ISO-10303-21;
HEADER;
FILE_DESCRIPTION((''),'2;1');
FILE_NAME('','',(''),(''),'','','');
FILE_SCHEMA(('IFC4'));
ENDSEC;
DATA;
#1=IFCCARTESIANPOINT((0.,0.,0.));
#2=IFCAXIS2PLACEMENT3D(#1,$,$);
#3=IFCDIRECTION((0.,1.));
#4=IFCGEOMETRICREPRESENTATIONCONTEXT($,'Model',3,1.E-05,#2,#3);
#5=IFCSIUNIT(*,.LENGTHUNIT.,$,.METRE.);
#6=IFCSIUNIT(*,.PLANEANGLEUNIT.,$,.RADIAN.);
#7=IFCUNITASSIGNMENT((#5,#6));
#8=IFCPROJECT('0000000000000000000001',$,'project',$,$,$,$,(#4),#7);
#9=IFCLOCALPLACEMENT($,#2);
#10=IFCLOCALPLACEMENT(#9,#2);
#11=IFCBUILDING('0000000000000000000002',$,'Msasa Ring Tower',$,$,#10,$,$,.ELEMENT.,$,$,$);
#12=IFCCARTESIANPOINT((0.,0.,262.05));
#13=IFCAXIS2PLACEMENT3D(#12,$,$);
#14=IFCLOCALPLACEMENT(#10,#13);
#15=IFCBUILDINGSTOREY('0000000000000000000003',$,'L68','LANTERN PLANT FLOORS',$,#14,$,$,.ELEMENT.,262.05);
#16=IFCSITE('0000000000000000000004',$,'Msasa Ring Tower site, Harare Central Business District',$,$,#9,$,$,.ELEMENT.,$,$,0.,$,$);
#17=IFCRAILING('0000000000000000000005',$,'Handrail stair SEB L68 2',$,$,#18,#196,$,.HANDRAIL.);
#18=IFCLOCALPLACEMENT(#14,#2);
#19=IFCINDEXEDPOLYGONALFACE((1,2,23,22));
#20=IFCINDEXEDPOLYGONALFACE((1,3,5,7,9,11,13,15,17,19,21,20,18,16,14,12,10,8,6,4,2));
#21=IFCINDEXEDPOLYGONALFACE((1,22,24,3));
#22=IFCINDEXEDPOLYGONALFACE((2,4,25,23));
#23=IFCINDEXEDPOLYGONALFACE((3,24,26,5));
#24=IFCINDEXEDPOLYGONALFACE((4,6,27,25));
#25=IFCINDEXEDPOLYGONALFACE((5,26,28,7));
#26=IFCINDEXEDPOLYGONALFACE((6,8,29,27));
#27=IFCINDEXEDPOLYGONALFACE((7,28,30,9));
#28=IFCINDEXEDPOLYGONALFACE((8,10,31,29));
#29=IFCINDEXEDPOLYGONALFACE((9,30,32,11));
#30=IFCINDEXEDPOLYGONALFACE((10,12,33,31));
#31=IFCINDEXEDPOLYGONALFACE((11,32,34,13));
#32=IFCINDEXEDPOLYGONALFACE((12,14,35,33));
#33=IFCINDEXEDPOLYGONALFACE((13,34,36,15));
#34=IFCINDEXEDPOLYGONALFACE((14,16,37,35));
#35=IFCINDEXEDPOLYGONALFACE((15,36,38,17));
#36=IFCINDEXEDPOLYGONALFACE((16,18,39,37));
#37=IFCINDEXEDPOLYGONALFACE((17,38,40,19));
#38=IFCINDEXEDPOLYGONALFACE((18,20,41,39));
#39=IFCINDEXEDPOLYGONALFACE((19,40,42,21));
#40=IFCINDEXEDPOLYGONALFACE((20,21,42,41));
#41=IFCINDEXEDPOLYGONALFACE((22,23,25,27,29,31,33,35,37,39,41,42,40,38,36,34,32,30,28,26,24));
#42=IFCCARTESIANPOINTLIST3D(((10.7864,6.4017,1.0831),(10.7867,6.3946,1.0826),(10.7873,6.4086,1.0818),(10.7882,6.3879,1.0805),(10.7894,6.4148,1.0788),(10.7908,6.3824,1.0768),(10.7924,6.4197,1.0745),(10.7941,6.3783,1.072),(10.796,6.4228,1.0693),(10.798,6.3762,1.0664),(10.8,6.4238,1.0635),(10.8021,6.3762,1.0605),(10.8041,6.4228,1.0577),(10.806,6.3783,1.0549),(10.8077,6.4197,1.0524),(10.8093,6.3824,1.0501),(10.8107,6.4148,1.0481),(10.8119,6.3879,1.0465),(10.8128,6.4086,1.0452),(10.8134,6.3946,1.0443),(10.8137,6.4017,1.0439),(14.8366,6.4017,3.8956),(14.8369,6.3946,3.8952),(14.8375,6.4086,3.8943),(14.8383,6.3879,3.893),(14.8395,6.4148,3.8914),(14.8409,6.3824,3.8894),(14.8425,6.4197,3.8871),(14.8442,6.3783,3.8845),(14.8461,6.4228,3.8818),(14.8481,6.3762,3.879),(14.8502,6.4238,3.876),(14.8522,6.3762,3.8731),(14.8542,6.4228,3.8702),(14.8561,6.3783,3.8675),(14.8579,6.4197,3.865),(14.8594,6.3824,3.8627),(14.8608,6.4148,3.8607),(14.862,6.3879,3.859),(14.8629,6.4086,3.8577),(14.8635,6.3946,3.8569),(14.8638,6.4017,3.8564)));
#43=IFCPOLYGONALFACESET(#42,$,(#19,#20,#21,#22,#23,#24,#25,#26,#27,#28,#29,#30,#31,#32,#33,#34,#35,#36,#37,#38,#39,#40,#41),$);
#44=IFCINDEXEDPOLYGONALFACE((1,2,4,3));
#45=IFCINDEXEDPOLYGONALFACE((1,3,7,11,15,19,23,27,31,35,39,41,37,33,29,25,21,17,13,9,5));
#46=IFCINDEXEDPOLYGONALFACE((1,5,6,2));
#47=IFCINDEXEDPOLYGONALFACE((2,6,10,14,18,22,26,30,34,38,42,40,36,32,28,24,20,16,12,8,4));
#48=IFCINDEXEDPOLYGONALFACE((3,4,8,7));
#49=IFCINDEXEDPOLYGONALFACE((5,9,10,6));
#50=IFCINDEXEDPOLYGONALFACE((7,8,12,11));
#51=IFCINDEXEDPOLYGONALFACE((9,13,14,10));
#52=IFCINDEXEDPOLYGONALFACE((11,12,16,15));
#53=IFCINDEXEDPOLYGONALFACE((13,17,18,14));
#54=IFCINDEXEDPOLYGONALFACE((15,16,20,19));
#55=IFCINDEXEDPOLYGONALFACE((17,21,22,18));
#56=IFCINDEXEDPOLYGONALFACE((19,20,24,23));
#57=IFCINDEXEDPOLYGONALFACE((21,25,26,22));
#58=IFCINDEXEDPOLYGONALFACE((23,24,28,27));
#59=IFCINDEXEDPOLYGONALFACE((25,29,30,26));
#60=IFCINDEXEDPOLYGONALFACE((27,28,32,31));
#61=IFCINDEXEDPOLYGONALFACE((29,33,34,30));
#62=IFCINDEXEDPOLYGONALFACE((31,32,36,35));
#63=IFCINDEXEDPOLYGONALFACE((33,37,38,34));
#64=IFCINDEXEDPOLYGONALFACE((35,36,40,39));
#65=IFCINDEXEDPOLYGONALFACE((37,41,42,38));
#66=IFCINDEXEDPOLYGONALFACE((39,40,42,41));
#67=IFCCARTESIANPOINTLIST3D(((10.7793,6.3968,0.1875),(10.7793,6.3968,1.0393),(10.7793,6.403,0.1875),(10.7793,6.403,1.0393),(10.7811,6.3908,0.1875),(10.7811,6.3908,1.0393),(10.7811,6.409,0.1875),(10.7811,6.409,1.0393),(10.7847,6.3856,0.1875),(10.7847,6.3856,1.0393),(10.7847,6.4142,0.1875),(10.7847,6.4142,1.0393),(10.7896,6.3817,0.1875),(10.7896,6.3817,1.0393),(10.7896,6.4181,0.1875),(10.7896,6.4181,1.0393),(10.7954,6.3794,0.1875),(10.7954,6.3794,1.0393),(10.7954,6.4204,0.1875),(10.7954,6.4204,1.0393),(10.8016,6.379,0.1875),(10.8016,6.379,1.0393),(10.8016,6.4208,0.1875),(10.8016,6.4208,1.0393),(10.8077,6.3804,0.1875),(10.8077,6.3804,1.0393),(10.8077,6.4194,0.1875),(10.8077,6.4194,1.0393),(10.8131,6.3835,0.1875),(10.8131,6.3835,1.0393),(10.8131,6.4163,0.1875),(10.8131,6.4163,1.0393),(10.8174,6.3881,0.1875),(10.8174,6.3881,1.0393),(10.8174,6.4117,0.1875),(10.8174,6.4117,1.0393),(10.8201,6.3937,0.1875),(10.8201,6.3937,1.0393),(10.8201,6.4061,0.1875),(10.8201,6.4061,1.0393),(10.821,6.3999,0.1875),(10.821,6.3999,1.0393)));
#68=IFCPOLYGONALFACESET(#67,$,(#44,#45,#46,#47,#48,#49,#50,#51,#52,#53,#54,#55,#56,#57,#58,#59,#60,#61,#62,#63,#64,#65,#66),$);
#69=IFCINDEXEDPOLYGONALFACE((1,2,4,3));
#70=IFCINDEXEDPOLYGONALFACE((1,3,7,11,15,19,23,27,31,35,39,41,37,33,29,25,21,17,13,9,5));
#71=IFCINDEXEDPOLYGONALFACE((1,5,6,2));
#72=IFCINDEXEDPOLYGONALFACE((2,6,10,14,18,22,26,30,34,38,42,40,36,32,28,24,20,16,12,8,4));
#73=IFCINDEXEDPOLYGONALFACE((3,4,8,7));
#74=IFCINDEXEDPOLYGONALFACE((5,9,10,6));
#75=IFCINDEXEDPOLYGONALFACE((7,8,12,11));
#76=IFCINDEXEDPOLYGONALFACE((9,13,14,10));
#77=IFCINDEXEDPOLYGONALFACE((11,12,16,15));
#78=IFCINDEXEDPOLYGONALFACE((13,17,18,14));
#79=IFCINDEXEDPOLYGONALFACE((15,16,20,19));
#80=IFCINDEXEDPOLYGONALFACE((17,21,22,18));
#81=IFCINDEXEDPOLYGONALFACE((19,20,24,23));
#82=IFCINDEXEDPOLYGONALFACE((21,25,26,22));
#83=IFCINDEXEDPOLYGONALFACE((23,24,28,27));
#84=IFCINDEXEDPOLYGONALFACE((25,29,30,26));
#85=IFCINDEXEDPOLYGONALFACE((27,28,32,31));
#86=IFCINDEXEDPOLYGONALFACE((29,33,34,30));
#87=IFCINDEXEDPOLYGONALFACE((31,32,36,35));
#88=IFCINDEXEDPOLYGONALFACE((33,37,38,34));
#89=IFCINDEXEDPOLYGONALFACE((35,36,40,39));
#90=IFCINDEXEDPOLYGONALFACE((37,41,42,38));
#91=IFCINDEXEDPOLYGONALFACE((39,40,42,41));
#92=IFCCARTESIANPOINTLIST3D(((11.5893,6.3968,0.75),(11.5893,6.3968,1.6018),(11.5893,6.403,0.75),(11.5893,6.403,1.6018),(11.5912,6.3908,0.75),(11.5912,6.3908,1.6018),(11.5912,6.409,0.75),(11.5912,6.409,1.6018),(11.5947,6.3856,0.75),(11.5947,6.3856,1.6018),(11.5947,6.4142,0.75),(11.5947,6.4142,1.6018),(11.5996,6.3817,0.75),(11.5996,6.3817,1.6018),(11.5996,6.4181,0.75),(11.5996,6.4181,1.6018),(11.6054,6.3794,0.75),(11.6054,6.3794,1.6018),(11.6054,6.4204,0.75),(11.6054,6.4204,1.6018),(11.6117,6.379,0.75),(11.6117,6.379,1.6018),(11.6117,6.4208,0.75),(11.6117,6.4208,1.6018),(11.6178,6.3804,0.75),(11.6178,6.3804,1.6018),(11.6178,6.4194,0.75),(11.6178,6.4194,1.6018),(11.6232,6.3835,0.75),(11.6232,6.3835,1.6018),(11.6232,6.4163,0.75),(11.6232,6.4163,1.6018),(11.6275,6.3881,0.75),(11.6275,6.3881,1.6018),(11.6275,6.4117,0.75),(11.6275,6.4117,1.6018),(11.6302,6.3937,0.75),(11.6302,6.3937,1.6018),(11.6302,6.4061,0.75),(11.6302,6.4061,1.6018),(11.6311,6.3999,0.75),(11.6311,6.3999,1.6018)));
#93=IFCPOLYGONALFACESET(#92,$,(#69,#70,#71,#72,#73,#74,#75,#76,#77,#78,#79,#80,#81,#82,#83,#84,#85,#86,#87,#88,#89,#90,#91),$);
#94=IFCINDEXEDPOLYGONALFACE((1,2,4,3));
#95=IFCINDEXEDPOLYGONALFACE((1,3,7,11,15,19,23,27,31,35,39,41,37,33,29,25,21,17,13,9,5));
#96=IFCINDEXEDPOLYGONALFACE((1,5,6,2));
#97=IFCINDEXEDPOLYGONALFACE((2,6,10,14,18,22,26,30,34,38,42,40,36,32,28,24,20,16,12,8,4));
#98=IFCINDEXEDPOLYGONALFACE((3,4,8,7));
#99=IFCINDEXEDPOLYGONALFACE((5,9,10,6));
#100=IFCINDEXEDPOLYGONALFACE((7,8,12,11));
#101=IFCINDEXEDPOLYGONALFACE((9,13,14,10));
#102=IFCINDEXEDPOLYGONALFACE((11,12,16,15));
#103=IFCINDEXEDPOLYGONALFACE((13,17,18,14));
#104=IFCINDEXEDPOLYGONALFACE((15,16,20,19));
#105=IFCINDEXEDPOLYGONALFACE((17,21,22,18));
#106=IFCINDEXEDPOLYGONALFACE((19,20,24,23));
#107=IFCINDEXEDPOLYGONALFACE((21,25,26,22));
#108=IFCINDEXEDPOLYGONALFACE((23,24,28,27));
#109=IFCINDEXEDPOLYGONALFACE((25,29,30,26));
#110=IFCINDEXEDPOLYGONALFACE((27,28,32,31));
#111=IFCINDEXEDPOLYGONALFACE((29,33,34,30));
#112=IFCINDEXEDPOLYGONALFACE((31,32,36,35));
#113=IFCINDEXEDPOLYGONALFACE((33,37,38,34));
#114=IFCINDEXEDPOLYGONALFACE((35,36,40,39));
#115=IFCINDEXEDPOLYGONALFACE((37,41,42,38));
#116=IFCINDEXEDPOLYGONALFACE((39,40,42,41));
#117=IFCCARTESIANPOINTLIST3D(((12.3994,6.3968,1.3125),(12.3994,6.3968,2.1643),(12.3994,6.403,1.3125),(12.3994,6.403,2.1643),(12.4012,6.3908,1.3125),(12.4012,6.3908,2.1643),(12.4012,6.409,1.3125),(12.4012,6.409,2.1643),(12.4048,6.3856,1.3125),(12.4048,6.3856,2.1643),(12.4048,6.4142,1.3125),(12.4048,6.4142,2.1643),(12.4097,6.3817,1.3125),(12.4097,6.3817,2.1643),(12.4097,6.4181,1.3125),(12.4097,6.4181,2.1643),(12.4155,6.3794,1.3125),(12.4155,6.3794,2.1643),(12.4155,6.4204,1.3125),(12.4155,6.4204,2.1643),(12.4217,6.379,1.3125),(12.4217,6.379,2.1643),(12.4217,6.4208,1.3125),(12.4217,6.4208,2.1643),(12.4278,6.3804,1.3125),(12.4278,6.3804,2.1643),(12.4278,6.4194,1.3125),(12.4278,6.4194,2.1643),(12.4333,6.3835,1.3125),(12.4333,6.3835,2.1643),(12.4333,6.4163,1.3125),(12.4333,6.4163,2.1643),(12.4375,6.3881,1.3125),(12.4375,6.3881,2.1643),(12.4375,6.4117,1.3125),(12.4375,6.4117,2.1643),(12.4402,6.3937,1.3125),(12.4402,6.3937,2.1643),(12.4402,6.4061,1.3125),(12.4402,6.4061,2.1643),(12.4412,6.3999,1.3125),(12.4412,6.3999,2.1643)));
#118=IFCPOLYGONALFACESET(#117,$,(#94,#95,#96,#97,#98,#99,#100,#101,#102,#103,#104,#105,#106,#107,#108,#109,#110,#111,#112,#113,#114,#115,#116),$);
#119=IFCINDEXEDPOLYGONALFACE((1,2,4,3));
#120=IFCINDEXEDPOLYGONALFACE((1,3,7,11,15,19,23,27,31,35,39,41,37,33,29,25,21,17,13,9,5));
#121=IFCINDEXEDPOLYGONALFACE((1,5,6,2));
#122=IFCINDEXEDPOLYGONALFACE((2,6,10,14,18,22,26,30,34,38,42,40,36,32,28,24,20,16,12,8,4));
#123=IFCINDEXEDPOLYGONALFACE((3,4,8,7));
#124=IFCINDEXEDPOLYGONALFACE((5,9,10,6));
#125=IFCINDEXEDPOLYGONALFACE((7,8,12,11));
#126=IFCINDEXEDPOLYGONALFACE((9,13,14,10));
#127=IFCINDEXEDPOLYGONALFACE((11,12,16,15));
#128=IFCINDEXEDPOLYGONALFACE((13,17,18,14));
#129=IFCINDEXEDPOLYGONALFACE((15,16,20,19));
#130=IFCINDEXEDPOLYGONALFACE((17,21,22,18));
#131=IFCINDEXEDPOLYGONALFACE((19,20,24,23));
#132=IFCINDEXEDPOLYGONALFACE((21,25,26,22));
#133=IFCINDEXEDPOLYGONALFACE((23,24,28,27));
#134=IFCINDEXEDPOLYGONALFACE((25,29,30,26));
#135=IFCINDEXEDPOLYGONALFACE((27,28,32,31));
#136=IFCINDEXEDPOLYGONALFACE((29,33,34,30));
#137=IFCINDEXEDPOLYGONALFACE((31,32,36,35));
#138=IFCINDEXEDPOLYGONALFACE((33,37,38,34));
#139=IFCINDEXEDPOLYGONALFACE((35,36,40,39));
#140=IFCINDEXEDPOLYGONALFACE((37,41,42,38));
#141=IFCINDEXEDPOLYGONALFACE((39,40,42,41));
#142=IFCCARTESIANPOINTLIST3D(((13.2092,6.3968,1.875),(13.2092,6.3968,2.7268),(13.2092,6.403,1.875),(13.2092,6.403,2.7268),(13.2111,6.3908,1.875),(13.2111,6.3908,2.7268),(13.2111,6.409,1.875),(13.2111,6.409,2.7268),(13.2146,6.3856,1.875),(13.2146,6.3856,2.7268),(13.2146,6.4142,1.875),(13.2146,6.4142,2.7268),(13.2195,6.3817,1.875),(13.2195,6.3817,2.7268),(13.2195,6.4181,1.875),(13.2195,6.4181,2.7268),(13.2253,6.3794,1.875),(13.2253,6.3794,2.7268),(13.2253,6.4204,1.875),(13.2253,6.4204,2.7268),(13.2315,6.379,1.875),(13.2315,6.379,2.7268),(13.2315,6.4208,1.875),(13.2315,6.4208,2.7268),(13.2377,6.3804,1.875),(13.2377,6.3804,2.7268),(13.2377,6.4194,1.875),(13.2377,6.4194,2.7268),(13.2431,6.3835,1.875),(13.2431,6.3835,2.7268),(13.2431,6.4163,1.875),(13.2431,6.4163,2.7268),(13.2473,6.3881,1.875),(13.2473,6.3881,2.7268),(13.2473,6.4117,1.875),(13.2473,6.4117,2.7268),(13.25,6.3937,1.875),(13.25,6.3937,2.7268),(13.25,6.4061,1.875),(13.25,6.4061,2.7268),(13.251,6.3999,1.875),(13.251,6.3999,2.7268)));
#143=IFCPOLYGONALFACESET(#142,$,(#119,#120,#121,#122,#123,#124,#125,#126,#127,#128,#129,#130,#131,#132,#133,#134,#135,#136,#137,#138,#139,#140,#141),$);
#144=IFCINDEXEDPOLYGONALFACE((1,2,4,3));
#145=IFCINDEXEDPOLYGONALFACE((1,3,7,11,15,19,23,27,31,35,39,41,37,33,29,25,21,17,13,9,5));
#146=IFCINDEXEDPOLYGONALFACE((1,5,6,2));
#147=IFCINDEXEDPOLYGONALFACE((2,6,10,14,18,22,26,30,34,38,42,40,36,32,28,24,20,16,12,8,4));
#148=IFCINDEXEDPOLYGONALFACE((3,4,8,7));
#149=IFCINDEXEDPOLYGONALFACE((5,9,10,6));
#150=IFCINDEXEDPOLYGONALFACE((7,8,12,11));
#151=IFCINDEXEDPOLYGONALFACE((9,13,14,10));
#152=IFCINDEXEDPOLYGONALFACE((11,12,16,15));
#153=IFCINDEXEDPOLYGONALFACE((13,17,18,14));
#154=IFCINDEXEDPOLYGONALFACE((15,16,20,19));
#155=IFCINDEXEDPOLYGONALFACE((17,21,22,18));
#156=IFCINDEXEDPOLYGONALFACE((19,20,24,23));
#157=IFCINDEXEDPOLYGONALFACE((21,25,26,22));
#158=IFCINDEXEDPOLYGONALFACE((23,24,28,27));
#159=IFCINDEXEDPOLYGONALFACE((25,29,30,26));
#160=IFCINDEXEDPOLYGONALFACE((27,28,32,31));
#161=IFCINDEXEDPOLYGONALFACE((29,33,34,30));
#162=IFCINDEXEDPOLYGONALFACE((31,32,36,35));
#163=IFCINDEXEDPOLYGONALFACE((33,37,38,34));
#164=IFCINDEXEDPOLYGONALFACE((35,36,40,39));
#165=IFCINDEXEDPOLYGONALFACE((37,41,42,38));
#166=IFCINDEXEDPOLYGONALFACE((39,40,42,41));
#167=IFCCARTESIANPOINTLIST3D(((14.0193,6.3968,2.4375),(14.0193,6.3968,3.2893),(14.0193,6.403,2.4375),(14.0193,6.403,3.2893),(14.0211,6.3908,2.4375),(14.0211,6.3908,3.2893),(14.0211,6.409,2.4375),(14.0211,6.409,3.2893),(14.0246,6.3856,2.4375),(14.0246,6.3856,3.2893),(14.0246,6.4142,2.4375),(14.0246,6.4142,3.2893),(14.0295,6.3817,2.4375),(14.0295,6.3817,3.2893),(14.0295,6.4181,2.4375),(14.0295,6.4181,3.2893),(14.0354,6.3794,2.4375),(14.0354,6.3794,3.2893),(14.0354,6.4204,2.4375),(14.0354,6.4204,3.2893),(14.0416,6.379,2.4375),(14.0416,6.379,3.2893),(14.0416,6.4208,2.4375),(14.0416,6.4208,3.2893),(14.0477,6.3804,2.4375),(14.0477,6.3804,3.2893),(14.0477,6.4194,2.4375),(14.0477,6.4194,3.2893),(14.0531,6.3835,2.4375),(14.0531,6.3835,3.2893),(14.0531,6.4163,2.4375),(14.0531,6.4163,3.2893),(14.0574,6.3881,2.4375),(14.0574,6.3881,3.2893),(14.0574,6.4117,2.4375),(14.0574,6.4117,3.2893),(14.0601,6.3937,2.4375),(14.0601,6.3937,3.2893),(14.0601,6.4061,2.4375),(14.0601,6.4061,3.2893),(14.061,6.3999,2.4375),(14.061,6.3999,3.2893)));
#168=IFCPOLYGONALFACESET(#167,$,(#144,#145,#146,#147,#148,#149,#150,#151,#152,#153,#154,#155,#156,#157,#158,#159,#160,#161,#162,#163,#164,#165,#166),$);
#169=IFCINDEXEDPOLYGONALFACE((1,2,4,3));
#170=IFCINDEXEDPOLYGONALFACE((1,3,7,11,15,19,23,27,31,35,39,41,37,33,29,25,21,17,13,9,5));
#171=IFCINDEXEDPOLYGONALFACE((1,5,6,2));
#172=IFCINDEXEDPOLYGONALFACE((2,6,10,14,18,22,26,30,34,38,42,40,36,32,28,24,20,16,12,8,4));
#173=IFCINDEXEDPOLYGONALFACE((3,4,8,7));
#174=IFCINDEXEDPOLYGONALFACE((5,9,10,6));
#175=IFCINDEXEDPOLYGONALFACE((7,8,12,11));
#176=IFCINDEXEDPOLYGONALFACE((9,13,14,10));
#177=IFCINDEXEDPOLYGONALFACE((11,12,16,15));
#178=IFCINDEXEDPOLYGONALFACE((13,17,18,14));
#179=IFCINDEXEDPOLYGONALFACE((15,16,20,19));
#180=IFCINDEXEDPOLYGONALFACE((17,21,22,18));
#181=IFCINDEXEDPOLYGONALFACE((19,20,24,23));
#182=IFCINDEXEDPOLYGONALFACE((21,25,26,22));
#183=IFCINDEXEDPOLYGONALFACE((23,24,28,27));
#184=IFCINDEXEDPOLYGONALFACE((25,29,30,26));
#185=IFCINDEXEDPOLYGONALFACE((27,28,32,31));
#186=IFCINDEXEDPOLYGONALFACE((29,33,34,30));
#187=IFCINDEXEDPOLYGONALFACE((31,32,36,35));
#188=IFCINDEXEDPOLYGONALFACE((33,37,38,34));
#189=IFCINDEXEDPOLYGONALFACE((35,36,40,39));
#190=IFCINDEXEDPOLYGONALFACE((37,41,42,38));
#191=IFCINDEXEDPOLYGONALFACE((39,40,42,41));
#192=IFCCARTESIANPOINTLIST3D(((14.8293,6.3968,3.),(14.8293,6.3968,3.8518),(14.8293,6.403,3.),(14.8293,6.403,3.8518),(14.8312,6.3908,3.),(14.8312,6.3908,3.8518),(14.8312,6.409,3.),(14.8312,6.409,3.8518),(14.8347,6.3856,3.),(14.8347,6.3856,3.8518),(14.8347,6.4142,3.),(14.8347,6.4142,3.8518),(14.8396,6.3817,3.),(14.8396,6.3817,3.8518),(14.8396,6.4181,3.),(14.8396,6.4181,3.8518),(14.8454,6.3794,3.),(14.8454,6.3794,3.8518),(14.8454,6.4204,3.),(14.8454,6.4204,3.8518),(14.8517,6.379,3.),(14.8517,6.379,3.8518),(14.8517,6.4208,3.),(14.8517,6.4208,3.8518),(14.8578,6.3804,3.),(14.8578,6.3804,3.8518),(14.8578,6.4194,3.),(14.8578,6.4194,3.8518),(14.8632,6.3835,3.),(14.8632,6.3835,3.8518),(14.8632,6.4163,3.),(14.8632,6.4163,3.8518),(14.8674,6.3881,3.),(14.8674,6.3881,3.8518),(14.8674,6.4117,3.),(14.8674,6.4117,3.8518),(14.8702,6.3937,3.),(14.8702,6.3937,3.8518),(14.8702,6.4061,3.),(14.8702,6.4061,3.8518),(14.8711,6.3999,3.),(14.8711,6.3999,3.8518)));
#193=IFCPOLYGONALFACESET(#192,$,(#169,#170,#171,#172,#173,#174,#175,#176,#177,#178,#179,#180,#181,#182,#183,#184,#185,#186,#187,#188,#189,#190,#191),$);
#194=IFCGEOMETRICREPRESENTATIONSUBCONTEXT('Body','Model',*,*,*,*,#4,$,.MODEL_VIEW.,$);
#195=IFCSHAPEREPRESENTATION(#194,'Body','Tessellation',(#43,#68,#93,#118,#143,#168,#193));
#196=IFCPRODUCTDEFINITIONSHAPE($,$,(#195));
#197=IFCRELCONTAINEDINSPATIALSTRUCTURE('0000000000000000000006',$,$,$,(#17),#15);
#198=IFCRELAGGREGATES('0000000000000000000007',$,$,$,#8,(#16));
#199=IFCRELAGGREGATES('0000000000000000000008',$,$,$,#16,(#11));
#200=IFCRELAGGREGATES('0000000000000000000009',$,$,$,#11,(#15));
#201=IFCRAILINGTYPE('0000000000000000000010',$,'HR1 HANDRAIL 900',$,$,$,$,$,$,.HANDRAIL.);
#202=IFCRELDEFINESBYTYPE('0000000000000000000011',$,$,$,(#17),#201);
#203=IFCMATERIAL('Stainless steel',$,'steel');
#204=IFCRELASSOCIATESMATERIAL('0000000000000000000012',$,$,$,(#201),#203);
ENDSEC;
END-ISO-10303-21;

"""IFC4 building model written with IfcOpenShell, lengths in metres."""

from ifc_helpers import new_model, si_unit, direction, frame, origin, origin_2d, place, context, subcontext, project, spatial, circle, extrude, material, type_object, element, save


model = new_model("IFC4")

# Units and contexts
model_context = context("Model", 3, precision=1e-05, world=origin(), true_north=direction((0.0, 1.0)))
body_context = subcontext(model_context, "Body", "Model", "MODEL_VIEW")
ifc_project = project(units=[si_unit("LENGTHUNIT", "METRE"), si_unit("PLANEANGLEUNIT", "RADIAN")], contexts=[model_context])

# Site, building, storey
site_placement = place(None, origin())
site = spatial("IfcSite", under=ifc_project, at=site_placement, Name="Msasa Ring Tower site, Harare Central Business District", CompositionType="ELEMENT", RefElevation=0.0)
building_placement = place(site_placement, origin())
building = spatial("IfcBuilding", under=site, at=building_placement, Name="Msasa Ring Tower", CompositionType="ELEMENT")
storey_placement = place(building_placement, frame((0.0, 0.0, 262.05)))
storey = spatial("IfcBuildingStorey", under=building, at=storey_placement, Name="L68", Description="LANTERN PLANT FLOORS", CompositionType="ELEMENT", Elevation=262.05)

# Railing
ifc_material_1 = material(Name="Stainless steel", Category="steel")
railing_type = type_object("IfcRailingType", Name="HR1 HANDRAIL 900", PredefinedType="HANDRAIL", material=ifc_material_1)
for number, where, name in (
    (1, (10.8, 6.3999, 0.1875), "Handrail stair SEB L68 2"),
):
    element("IfcRailing", number, at=place(storey_placement, frame(where)), inside=storey, type_object=railing_type, Name=name, PredefinedType="HANDRAIL", context=body_context, shape_type="SweptSolid", body=[
        extrude(circle(Radius=0.0239, at=origin_2d()), frame((0.0, 0.0, 0.876), z_axis=(0.821373, 0.0, 0.570391), x_axis=(0.0, 1.0, 0.0)), (0.0, 0.0, 1.0), 4.9309),
        extrude(circle(Radius=0.021, at=origin_2d()), origin(), (0.0, 0.0, 1.0), 0.8518),
        extrude(circle(Radius=0.021, at=origin_2d()), frame((0.8101, 0.0, 0.5625)), (0.0, 0.0, 1.0), 0.8518),
        extrude(circle(Radius=0.021, at=origin_2d()), frame((1.6201, 0.0, 1.125)), (0.0, 0.0, 1.0), 0.8518),
        extrude(circle(Radius=0.021, at=origin_2d()), frame((2.4299, 0.0, 1.6875)), (0.0, 0.0, 1.0), 0.8518),
        extrude(circle(Radius=0.021, at=origin_2d()), frame((3.24, 0.0, 2.25)), (0.0, 0.0, 1.0), 0.8518),
        extrude(circle(Radius=0.021, at=origin_2d()), frame((4.05, 0.0, 2.8125)), (0.0, 0.0, 1.0), 0.8518),
    ])

save(model, "model.ifc")
